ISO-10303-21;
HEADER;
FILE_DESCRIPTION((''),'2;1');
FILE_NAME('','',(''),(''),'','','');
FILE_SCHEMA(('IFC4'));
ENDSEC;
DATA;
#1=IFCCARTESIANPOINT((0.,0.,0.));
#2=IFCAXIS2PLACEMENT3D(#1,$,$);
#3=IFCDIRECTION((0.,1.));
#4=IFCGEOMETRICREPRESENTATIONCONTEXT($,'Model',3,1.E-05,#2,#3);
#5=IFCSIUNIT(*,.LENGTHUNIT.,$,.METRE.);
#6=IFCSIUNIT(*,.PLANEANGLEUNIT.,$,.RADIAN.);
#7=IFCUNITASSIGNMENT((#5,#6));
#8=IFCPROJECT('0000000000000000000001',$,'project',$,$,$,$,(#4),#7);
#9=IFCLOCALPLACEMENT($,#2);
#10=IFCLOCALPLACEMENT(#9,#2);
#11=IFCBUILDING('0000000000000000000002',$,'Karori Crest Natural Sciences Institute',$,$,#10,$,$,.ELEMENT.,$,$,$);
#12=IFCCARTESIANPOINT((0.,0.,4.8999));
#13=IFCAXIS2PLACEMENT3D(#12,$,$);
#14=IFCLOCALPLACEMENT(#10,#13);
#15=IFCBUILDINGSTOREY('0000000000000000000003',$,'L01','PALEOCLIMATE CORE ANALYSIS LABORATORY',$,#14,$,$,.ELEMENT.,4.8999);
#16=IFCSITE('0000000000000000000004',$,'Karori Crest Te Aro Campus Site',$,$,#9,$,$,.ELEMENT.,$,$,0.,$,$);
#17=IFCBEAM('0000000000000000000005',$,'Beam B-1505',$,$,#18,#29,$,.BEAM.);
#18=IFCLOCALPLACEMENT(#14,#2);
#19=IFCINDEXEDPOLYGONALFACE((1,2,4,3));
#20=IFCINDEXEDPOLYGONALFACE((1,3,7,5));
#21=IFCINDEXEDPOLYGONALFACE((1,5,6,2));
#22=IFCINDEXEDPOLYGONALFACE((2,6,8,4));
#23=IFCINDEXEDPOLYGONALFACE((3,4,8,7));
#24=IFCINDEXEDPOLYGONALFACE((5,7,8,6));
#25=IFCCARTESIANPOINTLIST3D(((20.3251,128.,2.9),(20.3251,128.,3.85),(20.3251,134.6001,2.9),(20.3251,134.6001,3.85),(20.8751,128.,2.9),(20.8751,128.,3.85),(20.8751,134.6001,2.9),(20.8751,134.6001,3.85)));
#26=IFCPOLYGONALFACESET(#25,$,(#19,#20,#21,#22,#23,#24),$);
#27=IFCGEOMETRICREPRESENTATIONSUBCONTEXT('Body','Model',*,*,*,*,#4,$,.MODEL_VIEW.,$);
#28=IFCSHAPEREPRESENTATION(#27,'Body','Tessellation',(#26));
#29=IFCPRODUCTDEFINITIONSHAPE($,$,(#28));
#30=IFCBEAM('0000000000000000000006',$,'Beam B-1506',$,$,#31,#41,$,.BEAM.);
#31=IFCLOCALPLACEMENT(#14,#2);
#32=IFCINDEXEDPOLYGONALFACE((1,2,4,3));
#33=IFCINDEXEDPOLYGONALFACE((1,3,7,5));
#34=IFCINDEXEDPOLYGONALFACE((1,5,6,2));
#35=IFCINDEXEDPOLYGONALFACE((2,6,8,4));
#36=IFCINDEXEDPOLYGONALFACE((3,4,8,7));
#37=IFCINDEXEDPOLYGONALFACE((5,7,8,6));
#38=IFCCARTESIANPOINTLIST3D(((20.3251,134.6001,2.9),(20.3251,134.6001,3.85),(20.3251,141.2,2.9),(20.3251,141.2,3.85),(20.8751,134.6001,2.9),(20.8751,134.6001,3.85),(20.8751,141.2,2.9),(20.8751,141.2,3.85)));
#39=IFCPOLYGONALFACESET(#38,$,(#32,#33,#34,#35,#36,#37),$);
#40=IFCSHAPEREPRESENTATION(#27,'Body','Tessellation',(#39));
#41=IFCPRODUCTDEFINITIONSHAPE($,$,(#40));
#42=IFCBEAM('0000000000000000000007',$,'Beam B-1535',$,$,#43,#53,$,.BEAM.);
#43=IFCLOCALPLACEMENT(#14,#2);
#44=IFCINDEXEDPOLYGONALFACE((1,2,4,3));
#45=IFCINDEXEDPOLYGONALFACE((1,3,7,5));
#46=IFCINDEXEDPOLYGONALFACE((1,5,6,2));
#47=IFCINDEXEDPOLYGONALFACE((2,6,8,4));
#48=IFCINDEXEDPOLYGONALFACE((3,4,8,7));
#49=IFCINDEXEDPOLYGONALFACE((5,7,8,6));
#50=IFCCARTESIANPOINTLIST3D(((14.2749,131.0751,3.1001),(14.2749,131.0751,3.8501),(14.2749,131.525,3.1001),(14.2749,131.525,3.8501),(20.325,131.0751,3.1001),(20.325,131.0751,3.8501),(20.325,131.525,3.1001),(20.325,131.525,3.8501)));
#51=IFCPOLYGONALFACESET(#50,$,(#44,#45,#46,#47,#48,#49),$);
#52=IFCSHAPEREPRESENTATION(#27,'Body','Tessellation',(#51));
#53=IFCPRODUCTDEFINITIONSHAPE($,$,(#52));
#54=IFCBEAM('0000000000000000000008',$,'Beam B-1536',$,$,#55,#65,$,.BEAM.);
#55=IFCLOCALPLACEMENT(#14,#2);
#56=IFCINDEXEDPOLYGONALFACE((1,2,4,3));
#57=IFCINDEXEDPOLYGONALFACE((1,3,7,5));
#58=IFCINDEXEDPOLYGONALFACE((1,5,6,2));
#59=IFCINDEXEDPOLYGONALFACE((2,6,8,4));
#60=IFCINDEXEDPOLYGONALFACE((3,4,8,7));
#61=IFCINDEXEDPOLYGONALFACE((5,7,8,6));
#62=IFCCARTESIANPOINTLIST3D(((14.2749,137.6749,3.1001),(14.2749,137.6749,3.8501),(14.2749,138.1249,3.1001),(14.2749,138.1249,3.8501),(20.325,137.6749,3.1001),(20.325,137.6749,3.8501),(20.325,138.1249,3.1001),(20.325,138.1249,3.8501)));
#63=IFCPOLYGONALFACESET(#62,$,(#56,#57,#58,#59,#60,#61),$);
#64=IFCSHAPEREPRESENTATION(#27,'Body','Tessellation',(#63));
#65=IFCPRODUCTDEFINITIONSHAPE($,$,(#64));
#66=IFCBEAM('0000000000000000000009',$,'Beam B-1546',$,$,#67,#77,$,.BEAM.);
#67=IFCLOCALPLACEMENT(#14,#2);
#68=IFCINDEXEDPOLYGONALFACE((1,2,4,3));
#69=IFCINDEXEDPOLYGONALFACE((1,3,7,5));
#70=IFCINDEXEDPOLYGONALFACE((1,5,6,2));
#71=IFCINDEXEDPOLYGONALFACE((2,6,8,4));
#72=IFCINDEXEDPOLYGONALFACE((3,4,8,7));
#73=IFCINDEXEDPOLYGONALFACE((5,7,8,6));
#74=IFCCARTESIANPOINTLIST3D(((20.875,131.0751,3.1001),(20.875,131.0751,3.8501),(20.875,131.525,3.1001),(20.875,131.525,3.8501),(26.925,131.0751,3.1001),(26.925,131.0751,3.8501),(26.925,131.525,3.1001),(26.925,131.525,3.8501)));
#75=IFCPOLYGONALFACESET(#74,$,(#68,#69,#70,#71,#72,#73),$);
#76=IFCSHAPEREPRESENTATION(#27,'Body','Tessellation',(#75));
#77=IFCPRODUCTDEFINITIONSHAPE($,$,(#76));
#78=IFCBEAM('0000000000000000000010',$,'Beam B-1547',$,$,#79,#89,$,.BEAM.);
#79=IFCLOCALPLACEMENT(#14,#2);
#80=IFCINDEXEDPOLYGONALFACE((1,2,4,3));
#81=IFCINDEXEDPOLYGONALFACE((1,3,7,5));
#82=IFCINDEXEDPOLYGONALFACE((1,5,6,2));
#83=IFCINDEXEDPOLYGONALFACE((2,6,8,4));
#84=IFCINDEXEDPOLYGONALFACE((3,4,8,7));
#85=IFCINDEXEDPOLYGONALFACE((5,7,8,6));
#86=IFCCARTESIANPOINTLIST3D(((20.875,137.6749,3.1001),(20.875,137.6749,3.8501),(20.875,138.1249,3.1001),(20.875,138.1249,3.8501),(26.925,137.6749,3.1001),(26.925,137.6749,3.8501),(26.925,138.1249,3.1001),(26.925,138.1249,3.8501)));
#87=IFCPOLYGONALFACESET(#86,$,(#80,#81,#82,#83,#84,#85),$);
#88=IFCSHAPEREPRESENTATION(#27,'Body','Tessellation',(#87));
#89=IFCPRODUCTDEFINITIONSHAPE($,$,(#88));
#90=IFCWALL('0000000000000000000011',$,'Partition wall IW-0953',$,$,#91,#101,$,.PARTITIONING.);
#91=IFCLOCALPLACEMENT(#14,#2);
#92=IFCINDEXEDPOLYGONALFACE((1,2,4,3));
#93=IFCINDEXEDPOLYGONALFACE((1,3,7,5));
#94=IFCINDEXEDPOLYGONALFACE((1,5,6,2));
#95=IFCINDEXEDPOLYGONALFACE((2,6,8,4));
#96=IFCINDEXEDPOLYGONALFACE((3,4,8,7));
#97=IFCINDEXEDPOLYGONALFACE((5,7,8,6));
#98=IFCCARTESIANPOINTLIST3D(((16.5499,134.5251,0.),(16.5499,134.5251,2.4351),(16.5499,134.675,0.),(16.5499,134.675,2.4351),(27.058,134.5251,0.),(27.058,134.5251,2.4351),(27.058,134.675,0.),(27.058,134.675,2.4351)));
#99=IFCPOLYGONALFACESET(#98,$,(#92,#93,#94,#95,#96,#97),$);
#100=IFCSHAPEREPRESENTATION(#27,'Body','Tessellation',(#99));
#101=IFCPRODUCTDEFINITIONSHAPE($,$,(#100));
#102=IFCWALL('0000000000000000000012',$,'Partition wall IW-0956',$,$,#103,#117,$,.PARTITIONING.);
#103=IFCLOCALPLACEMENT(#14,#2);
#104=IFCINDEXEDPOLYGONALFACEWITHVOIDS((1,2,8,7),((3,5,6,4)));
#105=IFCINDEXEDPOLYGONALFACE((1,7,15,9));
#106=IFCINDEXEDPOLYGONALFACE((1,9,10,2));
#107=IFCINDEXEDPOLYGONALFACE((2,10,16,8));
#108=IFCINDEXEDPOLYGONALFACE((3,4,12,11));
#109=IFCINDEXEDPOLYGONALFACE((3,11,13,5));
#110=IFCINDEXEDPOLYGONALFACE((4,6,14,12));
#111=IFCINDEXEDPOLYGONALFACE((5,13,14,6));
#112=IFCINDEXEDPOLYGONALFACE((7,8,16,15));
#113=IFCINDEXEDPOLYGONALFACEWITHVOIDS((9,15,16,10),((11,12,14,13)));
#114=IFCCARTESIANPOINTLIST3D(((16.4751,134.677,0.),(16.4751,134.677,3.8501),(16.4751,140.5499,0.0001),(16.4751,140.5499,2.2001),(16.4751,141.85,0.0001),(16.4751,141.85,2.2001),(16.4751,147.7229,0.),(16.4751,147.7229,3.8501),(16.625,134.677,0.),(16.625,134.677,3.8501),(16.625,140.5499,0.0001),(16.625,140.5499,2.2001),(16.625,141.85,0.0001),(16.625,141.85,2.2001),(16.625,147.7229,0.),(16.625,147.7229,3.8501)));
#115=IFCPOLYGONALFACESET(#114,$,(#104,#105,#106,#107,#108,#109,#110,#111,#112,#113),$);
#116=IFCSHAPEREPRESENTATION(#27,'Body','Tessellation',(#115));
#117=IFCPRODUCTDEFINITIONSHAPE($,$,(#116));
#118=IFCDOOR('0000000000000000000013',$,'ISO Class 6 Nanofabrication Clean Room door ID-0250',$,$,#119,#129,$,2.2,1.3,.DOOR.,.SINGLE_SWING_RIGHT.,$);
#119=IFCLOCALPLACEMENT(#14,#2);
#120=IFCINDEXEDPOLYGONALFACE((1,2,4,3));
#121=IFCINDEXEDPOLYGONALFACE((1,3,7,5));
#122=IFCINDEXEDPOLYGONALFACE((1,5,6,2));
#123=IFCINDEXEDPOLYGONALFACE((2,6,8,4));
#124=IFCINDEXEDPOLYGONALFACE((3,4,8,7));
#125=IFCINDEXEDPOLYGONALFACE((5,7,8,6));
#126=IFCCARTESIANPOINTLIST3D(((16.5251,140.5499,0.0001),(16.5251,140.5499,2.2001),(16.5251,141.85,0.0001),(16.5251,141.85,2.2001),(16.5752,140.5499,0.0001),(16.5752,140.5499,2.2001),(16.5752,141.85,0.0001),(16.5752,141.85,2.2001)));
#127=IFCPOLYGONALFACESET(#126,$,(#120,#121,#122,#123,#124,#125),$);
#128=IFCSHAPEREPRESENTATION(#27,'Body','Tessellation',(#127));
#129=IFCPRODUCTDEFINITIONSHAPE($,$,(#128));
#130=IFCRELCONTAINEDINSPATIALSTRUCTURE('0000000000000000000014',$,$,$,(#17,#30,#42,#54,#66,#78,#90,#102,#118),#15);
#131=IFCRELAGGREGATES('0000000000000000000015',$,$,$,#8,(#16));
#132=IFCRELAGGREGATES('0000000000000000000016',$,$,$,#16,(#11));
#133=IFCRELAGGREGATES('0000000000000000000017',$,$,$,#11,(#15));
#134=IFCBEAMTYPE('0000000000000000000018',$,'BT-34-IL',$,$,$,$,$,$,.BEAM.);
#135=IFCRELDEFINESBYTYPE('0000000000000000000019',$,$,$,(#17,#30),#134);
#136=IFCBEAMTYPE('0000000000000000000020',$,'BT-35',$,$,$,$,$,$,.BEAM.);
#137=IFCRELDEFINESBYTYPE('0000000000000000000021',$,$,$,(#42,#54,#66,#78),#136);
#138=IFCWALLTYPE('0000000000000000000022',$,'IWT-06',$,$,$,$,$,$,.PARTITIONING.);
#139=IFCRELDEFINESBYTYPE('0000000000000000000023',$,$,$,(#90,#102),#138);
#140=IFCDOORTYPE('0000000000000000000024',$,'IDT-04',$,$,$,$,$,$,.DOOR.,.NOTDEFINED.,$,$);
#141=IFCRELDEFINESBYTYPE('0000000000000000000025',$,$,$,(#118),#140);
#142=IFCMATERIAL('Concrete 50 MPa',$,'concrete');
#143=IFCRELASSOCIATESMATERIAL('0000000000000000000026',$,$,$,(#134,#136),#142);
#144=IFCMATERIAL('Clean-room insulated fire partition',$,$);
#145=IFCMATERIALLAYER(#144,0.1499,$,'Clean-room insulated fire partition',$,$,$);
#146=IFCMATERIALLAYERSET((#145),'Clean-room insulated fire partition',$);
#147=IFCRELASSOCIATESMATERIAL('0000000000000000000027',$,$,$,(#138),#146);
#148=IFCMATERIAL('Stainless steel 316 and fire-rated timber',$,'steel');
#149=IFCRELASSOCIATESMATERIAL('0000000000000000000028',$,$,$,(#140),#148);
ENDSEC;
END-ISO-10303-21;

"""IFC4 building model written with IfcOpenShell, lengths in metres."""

from ifc_helpers import new_model, si_unit, direction, frame, frame_2d, origin, origin_2d, place, context, subcontext, project, spatial, rectangle, extrude, material, layer, layer_set, material_profile, profile_set, type_object, element, fill, save


model = new_model("IFC4")

# Units and contexts
model_context = context("Model", 3, precision=1e-05, world=origin(), true_north=direction((0.0, 1.0)))
body_context = subcontext(model_context, "Body", "Model", "MODEL_VIEW")
ifc_project = project(units=[si_unit("LENGTHUNIT", "METRE"), si_unit("PLANEANGLEUNIT", "RADIAN")], contexts=[model_context])

# Site, building, storey
site_placement = place(None, origin())
site = spatial("IfcSite", under=ifc_project, at=site_placement, Name="Karori Crest Te Aro Campus Site", CompositionType="ELEMENT", RefElevation=0.0)
building_placement = place(site_placement, origin())
building = spatial("IfcBuilding", under=site, at=building_placement, Name="Karori Crest Natural Sciences Institute", CompositionType="ELEMENT")
storey_placement = place(building_placement, frame((0.0, 0.0, 4.8999)))
storey = spatial("IfcBuildingStorey", under=building, at=storey_placement, Name="L01", Description="PALEOCLIMATE CORE ANALYSIS LABORATORY", CompositionType="ELEMENT", Elevation=4.8999)

# Shared definitions
ifc_material_1 = material(Name="Concrete 50 MPa", Category="concrete")

# Beams
ifc_material_profile_1 = material_profile(ifc_material_1, rectangle(XDim=0.55, YDim=0.95, at=origin_2d()), Name="RCB550x950")
ifc_profile_set_1 = profile_set([ifc_material_profile_1], Name="Concrete 50 MPa")
beam_type_1 = type_object("IfcBeamType", Name="BT-34-IL", PredefinedType="BEAM", material=ifc_profile_set_1)
for number, where, z_axis, x_axis, name in (
    (1, (20.6001, 128.0, 3.375), (0.0, 1.0, 0.0), (-1.0, 0.0, 0.0), "Beam B-1505"),
):
    element("IfcBeam", number, at=place(storey_placement, frame(where, z_axis=z_axis, x_axis=x_axis)), inside=storey, type_object=beam_type_1, Name=name, PredefinedType="BEAM", context=body_context, shape_type="SweptSolid", body=[
        extrude(rectangle(XDim=0.55, YDim=0.95, at=origin_2d()), origin(), (0.0, 0.0, 1.0), 6.6001),
    ])
beam_1_placement = place(storey_placement, frame((20.6001, 134.6001, 3.375), z_axis=(0.0, 1.0, 0.0), x_axis=(-1.0, 0.0, 0.0)))
element("IfcBeam", 2, at=beam_1_placement, inside=storey, type_object=beam_type_1, Name="Beam B-1506", PredefinedType="BEAM", context=body_context, shape_type="SweptSolid", body=[
    extrude(rectangle(XDim=0.55, YDim=0.95, at=origin_2d()), origin(), (0.0, 0.0, 1.0), 6.5999),
])
ifc_material_profile_2 = material_profile(ifc_material_1, rectangle(XDim=0.45, YDim=0.75, at=origin_2d()), Name="RCB450x750")
ifc_profile_set_2 = profile_set([ifc_material_profile_2], Name="Concrete 50 MPa")
beam_type_2 = type_object("IfcBeamType", Name="BT-35", PredefinedType="BEAM", material=ifc_profile_set_2)
for number, where, z_axis, x_axis, name in (
    (3, (14.2749, 131.3, 3.4751), (1.0, 0.0, 0.0), (0.0, 1.0, 0.0), "Beam B-1535"),
    (4, (14.2749, 137.8999, 3.4751), (1.0, 0.0, 0.0), (0.0, 1.0, 0.0), "Beam B-1536"),
    (5, (20.875, 131.3, 3.4751), (1.0, 0.0, 0.0), (0.0, 1.0, 0.0), "Beam B-1546"),
    (6, (20.875, 137.8999, 3.4751), (1.0, 0.0, 0.0), (0.0, 1.0, 0.0), "Beam B-1547"),
):
    element("IfcBeam", number, at=place(storey_placement, frame(where, z_axis=z_axis, x_axis=x_axis)), inside=storey, type_object=beam_type_2, Name=name, PredefinedType="BEAM", context=body_context, shape_type="SweptSolid", body=[
        extrude(rectangle(XDim=0.45, YDim=0.75, at=origin_2d()), origin(), (0.0, 0.0, 1.0), 6.05),
    ])

# Wall
ifc_material_2 = material(Name="Clean-room insulated fire partition")
ifc_layer = layer(ifc_material_2, 0.1499, Name="Clean-room insulated fire partition")
ifc_layer_set = layer_set([ifc_layer], Name="Clean-room insulated fire partition")
wall_type = type_object("IfcWallType", Name="IWT-06", PredefinedType="PARTITIONING", material=ifc_layer_set)
wall_1_placement = place(storey_placement, frame((16.55, 134.6001, 0.0), z_axis=(0.0, 0.0, 1.0), x_axis=(1.0, 0.0, 0.0)))
element("IfcWall", 7, at=wall_1_placement, inside=storey, type_object=wall_type, Name="Partition wall IW-0953", PredefinedType="PARTITIONING", context=body_context, shape_type="SweptSolid", body=[
    extrude(rectangle(XDim=10.5081, YDim=0.1499, at=frame_2d((5.2539, 0.0))), origin(), (0.0, 0.0, 1.0), 2.4351),
])

# Wall, opening, door
wall_2_placement = place(storey_placement, frame((16.55, 134.677, 0.0), z_axis=(0.0, 0.0, 1.0), x_axis=(0.0, 1.0, 0.0)))
wall_2 = element("IfcWall", 8, at=wall_2_placement, inside=storey, type_object=wall_type, Name="Partition wall IW-0956", PredefinedType="PARTITIONING", context=body_context, shape_type="SweptSolid", body=[
    extrude(rectangle(XDim=13.0459, YDim=0.1499, at=frame_2d((6.5229, 0.0))), origin(), (0.0, 0.0, 1.0), 3.8501),
])
opening_placement = place(wall_2_placement, frame((5.873, 0.0, 0.0)))
opening = element("IfcOpeningElement", 9, at=opening_placement, cuts=wall_2, PredefinedType="OPENING", context=body_context, shape_type="SweptSolid", body=[
    extrude(rectangle(XDim=1.3, YDim=2.2, at=frame_2d((0.6499, 1.1001))), frame((0.0, 0.085, 0.0), z_axis=(0.0, -1.0, 0.0), x_axis=(1.0, 0.0, 0.0)), (0.0, 0.0, 1.0), 0.1699),
])
ifc_material_3 = material(Name="Stainless steel 316 and fire-rated timber", Category="steel")
door_type = type_object("IfcDoorType", Name="IDT-04", OperationType="NOTDEFINED", PredefinedType="DOOR", material=ifc_material_3)
door_placement = place(opening_placement, origin())
door = element("IfcDoor", 10, at=door_placement, inside=storey, type_object=door_type, Name="ISO Class 6 Nanofabrication Clean Room door ID-0250", OperationType="SINGLE_SWING_RIGHT", OverallHeight=2.2, OverallWidth=1.3, PredefinedType="DOOR", context=body_context, shape_type="SweptSolid", body=[
    extrude(rectangle(XDim=1.3, YDim=2.2, at=frame_2d((0.6499, 1.1001))), frame((0.0, 0.0249, 0.0), z_axis=(0.0, -1.0, 0.0), x_axis=(1.0, 0.0, 0.0)), (0.0, 0.0, 1.0), 0.05),
])
fill(opening, door)

save(model, "model.ifc")
